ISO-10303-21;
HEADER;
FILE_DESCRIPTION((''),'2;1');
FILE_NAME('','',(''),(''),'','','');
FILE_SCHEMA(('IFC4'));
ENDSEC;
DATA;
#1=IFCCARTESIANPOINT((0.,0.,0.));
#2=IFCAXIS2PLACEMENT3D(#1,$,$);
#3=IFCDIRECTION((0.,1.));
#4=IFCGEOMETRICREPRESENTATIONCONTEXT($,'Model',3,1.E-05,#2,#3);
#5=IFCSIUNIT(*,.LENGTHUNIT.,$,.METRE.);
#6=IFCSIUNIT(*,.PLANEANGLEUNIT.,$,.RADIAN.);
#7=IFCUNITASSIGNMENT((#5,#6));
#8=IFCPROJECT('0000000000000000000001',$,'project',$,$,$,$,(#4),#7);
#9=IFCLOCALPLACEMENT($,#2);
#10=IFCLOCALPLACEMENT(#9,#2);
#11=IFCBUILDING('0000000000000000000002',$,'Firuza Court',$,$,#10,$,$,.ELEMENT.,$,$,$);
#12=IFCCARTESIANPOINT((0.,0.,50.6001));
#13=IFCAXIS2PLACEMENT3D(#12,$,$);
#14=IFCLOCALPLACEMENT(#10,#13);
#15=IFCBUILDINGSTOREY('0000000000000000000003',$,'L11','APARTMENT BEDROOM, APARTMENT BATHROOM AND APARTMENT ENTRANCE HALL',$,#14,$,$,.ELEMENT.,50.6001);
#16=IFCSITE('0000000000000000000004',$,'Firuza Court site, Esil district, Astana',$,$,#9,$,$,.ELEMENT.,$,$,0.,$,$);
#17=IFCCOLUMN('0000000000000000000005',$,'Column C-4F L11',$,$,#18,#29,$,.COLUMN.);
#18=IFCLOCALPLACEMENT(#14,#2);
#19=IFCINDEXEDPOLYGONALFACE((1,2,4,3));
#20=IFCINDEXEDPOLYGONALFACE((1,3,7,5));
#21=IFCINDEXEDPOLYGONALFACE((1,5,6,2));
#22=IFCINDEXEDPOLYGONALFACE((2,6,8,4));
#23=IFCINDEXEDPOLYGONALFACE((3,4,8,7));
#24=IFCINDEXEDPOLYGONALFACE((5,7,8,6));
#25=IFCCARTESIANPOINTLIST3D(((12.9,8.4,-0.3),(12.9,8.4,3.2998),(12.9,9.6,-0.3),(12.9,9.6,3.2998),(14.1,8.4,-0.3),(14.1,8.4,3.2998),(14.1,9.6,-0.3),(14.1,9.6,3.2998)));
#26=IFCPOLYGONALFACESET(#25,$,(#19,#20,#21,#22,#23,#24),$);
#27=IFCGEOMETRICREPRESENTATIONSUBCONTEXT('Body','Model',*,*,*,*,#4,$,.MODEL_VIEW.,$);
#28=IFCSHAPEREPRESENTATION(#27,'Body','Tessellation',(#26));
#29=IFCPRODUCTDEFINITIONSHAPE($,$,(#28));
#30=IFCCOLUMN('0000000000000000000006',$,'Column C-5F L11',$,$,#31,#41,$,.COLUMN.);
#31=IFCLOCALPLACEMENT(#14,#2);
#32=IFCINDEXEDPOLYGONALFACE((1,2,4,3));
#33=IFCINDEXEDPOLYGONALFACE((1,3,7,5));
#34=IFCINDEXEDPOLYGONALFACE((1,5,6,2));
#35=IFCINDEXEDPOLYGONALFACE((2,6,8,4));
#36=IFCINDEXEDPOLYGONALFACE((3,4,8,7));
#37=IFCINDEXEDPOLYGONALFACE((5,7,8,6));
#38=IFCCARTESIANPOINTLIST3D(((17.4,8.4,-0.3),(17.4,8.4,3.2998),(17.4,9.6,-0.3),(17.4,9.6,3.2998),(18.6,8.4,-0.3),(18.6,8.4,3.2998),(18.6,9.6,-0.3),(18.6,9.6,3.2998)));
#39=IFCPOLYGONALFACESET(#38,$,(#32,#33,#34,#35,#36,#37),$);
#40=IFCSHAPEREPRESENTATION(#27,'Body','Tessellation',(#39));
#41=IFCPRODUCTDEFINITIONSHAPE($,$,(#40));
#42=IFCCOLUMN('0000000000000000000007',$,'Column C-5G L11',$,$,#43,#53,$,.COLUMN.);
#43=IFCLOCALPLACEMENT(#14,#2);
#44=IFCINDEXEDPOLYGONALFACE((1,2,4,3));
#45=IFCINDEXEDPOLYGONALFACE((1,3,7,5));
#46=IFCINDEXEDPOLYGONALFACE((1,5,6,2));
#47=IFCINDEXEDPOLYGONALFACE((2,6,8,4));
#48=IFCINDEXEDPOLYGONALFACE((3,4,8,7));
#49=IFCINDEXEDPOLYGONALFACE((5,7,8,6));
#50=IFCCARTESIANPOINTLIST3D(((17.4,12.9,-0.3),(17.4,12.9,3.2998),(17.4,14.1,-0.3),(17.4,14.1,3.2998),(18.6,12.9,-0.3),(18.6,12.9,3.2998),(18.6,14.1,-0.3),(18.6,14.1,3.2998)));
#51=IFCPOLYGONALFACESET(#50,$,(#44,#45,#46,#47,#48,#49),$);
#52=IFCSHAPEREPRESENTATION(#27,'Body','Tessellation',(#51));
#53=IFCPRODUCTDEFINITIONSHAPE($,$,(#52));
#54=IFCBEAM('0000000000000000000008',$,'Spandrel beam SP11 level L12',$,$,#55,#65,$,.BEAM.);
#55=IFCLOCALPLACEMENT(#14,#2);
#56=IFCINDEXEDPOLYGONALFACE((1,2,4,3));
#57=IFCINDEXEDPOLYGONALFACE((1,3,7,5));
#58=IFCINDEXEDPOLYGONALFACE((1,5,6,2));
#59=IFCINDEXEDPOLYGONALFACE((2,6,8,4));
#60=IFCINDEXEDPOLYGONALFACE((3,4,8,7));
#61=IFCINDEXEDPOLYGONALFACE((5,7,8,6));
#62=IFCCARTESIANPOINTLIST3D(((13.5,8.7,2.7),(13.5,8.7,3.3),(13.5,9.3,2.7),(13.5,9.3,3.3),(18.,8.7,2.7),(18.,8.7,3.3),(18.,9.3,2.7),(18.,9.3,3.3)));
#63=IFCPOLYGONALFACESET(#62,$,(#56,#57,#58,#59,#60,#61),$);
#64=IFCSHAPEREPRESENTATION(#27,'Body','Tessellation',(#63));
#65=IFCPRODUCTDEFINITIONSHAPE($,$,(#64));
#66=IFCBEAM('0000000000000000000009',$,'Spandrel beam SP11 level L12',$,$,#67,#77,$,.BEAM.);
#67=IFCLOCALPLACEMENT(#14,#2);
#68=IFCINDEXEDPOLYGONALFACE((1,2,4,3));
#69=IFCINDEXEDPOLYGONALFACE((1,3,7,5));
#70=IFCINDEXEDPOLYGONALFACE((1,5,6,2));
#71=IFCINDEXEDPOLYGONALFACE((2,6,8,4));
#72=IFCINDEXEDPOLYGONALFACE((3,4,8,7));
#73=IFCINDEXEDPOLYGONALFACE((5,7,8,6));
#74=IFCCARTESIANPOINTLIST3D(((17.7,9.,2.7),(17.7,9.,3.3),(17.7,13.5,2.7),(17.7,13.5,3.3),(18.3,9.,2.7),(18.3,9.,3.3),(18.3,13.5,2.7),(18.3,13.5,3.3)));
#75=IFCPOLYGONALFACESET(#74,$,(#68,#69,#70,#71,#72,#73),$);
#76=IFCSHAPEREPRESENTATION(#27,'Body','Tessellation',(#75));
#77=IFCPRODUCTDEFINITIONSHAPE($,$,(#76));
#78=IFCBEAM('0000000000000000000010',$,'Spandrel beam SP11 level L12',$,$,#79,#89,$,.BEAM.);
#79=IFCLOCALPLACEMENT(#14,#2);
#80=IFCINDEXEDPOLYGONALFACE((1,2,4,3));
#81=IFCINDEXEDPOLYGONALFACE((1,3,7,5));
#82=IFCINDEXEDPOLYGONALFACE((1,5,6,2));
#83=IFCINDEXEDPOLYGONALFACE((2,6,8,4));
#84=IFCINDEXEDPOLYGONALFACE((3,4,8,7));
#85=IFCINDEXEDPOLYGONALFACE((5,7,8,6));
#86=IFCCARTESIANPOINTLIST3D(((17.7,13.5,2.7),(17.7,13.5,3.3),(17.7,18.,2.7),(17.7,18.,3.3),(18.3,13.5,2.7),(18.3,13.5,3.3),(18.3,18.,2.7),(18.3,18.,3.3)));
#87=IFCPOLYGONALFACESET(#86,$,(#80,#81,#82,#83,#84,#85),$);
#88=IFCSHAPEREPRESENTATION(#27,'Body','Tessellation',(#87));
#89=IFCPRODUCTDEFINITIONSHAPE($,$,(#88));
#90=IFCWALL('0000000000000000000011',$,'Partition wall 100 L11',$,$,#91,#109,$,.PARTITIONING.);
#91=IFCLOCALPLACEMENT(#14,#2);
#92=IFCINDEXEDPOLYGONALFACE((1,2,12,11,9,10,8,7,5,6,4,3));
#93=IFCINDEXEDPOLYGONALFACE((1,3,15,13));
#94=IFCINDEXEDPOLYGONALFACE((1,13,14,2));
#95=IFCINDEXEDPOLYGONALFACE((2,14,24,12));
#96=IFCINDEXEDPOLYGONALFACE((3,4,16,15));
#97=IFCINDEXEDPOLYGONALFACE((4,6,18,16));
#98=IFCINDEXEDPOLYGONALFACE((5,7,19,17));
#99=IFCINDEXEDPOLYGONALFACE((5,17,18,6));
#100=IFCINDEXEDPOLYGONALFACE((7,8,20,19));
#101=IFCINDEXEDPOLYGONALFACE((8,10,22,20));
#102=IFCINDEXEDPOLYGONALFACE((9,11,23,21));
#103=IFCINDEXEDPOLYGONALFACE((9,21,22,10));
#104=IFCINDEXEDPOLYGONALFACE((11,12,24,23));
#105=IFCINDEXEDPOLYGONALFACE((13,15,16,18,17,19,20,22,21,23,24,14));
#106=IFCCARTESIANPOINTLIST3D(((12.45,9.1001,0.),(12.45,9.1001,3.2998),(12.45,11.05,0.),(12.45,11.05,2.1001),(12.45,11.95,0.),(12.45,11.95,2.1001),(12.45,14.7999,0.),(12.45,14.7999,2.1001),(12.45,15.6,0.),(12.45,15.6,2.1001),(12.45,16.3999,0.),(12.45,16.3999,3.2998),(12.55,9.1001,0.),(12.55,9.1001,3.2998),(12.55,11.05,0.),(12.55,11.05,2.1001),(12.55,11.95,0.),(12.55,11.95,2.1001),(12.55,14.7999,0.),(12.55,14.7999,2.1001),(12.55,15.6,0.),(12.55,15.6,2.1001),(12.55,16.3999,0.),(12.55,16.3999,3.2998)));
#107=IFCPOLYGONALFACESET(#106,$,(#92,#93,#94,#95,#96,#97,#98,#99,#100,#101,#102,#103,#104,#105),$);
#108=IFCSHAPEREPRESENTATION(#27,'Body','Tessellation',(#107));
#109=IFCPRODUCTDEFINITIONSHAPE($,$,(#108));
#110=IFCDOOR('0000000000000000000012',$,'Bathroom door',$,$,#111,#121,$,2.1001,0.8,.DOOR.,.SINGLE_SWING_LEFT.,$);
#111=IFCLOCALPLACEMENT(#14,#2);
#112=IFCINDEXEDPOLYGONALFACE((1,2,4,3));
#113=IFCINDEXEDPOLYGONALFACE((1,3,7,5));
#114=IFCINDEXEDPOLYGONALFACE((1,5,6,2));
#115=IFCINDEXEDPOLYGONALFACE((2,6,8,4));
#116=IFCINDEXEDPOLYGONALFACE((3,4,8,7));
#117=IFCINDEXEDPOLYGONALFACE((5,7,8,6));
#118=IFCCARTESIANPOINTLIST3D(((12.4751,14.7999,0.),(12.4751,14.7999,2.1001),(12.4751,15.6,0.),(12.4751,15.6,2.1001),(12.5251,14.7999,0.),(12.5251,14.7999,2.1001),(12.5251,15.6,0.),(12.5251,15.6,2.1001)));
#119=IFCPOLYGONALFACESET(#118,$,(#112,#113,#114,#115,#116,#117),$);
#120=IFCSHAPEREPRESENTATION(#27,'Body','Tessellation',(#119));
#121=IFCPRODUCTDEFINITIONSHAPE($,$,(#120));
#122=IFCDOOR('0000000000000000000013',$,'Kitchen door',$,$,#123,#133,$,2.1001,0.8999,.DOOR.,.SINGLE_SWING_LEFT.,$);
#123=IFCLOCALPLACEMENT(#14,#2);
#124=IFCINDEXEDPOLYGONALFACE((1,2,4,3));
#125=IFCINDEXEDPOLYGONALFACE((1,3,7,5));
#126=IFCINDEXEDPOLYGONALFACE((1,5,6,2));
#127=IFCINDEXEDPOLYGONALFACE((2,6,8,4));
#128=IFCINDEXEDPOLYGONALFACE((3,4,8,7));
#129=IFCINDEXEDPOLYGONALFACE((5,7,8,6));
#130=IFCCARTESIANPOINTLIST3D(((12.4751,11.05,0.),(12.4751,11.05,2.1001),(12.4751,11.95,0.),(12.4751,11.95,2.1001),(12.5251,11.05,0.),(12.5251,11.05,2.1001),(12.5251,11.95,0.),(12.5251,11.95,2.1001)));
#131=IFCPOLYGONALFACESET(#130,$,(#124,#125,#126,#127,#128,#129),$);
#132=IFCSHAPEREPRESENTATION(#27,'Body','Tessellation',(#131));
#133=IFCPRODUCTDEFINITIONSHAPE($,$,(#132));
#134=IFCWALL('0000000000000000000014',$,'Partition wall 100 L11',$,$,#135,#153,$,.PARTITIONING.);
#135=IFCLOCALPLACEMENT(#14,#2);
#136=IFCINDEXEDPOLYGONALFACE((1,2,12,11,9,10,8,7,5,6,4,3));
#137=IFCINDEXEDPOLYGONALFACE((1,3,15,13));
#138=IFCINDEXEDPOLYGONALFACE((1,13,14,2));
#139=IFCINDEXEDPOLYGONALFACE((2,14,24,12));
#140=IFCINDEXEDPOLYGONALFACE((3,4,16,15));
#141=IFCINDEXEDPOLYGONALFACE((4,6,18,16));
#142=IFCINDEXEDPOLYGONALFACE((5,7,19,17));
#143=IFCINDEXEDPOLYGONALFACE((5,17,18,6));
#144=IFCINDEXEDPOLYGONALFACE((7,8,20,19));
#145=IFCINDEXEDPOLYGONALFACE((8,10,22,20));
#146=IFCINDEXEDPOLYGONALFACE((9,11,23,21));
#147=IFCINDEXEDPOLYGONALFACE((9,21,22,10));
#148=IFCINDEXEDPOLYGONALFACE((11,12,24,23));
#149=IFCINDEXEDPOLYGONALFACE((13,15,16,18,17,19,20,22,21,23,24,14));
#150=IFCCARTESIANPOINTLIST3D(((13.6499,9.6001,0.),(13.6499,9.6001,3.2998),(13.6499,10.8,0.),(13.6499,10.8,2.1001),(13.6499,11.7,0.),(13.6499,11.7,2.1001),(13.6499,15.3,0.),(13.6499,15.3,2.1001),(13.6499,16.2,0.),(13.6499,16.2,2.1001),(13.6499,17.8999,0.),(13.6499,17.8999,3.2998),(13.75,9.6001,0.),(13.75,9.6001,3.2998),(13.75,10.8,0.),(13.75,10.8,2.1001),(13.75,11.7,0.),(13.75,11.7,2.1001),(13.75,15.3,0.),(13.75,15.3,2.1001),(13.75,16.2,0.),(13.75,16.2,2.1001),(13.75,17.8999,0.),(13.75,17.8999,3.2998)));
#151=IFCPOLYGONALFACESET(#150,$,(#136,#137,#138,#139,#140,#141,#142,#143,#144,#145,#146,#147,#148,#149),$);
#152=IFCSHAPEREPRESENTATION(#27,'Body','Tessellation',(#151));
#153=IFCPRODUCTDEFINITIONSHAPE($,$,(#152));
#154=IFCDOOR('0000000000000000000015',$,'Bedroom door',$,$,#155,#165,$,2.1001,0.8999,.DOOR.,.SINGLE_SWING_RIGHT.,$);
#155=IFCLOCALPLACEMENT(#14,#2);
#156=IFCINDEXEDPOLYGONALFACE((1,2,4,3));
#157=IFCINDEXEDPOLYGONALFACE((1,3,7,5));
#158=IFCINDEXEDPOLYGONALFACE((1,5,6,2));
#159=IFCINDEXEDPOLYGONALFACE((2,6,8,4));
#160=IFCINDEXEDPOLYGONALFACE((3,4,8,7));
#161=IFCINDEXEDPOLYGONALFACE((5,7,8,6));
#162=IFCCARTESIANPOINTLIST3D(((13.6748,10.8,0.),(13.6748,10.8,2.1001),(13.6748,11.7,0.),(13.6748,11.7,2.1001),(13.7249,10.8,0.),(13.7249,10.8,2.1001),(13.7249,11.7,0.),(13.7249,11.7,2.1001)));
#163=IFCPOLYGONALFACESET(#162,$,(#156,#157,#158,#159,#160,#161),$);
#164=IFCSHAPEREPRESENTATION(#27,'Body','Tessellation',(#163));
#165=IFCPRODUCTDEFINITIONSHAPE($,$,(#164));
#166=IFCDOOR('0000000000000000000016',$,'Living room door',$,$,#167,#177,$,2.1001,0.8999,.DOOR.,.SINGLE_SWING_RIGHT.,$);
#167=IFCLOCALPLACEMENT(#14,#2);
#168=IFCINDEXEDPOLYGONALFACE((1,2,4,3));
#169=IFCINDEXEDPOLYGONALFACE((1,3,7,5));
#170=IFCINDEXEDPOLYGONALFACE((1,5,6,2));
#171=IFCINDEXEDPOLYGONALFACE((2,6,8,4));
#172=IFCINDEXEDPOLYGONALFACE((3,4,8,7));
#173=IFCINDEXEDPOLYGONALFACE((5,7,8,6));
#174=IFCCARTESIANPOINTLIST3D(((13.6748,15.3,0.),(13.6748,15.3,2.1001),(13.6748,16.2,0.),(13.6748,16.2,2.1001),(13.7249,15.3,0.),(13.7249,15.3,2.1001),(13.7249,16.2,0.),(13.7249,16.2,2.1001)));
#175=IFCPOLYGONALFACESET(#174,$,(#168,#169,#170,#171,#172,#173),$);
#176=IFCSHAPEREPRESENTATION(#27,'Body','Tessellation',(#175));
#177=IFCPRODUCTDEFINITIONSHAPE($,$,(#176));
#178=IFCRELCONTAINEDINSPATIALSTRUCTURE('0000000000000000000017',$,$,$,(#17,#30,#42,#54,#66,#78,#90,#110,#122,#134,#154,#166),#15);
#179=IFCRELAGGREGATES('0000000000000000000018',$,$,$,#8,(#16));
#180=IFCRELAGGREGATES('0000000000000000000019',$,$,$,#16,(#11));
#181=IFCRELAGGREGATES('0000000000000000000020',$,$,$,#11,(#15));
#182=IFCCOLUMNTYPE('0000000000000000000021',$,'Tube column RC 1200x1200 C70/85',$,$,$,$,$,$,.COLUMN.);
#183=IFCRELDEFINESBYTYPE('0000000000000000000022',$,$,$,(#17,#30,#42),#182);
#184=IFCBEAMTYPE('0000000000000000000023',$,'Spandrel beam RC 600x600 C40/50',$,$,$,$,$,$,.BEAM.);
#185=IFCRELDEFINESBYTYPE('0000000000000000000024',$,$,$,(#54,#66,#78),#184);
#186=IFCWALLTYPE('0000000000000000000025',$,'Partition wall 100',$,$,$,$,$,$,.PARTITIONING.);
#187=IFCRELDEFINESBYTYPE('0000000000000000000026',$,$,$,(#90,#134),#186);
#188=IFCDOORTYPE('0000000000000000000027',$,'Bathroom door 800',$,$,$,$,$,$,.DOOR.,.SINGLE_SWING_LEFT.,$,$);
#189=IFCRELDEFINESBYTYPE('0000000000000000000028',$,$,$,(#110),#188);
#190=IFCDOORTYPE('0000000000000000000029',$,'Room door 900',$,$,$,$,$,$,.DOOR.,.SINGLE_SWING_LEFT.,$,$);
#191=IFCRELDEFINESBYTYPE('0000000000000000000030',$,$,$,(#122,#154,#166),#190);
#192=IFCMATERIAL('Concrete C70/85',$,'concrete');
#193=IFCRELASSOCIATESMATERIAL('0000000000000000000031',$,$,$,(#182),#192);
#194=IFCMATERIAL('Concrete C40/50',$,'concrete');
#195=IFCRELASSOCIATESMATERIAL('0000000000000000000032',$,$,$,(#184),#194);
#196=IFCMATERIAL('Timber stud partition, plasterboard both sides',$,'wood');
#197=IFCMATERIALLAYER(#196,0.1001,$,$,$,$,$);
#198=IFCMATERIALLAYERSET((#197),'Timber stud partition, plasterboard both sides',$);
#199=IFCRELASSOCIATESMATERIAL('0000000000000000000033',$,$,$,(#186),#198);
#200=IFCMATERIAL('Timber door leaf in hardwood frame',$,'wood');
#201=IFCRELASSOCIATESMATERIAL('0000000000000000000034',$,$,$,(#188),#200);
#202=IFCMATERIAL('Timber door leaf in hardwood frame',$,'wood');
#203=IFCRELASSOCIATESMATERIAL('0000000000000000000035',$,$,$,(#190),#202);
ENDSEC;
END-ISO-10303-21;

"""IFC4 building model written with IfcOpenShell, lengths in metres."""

from ifc_helpers import new_model, si_unit, direction, frame, frame_2d, origin, origin_2d, place, context, subcontext, project, spatial, rectangle, extrude, material, layer, layer_set, material_profile, profile_set, type_object, element, fill, save


model = new_model("IFC4")

# Units and contexts
model_context = context("Model", 3, precision=1e-05, world=origin(), true_north=direction((0.0, 1.0)))
body_context = subcontext(model_context, "Body", "Model", "MODEL_VIEW")
ifc_project = project(units=[si_unit("LENGTHUNIT", "METRE"), si_unit("PLANEANGLEUNIT", "RADIAN")], contexts=[model_context])

# Site, building, storey
site_placement = place(None, origin())
site = spatial("IfcSite", under=ifc_project, at=site_placement, Name="Firuza Court site, Esil district, Astana", CompositionType="ELEMENT", RefElevation=0.0)
building_placement = place(site_placement, origin())
building = spatial("IfcBuilding", under=site, at=building_placement, Name="Firuza Court", CompositionType="ELEMENT")
storey_placement = place(building_placement, frame((0.0, 0.0, 50.6001)))
storey = spatial("IfcBuildingStorey", under=building, at=storey_placement, Name="L11", Description="APARTMENT BEDROOM, APARTMENT BATHROOM AND APARTMENT ENTRANCE HALL", CompositionType="ELEMENT", Elevation=50.6001)

# Columns
ifc_material_1 = material(Name="Concrete C70/85", Category="concrete")
ifc_material_profile_1 = material_profile(ifc_material_1, rectangle(XDim=1.2, YDim=1.2, at=origin_2d()), Name="RC 1200x1200")
ifc_profile_set_1 = profile_set([ifc_material_profile_1], Name="Concrete C70/85")
column_type = type_object("IfcColumnType", Name="Tube column RC 1200x1200 C70/85", PredefinedType="COLUMN", material=ifc_profile_set_1)
for number, where, z_axis, x_axis, name in (
    (1, (13.5, 9.0, -0.3), (0.0, 0.0, 1.0), (1.0, 0.0, 0.0), "Column C-4F L11"),
    (2, (18.0, 9.0, -0.3), (0.0, 0.0, 1.0), (1.0, 0.0, 0.0), "Column C-5F L11"),
    (3, (18.0, 13.5, -0.3), (0.0, 0.0, 1.0), (1.0, 0.0, 0.0), "Column C-5G L11"),
):
    element("IfcColumn", number, at=place(storey_placement, frame(where, z_axis=z_axis, x_axis=x_axis)), inside=storey, type_object=column_type, Name=name, PredefinedType="COLUMN", context=body_context, shape_type="SweptSolid", body=[
        extrude(rectangle(XDim=1.2, YDim=1.2, at=origin_2d()), origin(), (0.0, 0.0, 1.0), 3.5999),
    ])

# Beams
ifc_material_2 = material(Name="Concrete C40/50", Category="concrete")
ifc_material_profile_2 = material_profile(ifc_material_2, rectangle(XDim=0.6001, YDim=0.6001, at=origin_2d()), Name="RC 600x600")
ifc_profile_set_2 = profile_set([ifc_material_profile_2], Name="Concrete C40/50")
beam_type = type_object("IfcBeamType", Name="Spandrel beam RC 600x600 C40/50", PredefinedType="BEAM", material=ifc_profile_set_2)
for number, where, z_axis, x_axis, name in (
    (4, (13.5, 9.0, 3.0), (1.0, 0.0, 0.0), (0.0, 1.0, 0.0), "Spandrel beam SP11 level L12"),
    (5, (18.0, 9.0, 3.0), (0.0, 1.0, 0.0), (-1.0, 0.0, 0.0), "Spandrel beam SP11 level L12"),
    (6, (18.0, 13.5, 3.0), (0.0, 1.0, 0.0), (-1.0, 0.0, 0.0), "Spandrel beam SP11 level L12"),
):
    element("IfcBeam", number, at=place(storey_placement, frame(where, z_axis=z_axis, x_axis=x_axis)), inside=storey, type_object=beam_type, Name=name, PredefinedType="BEAM", context=body_context, shape_type="SweptSolid", body=[
        extrude(rectangle(XDim=0.6001, YDim=0.6001, at=origin_2d()), origin(), (0.0, 0.0, 1.0), 4.5),
    ])

# Walls, openings, doors
ifc_material_3 = material(Name="Timber stud partition, plasterboard both sides", Category="wood")
ifc_layer_1 = layer(ifc_material_3, 0.1001)
ifc_layer_set_1 = layer_set([ifc_layer_1], Name="Timber stud partition, plasterboard both sides")
wall_type_1 = type_object("IfcWallType", Name="Partition wall 100", PredefinedType="PARTITIONING", material=ifc_layer_set_1)
wall_1_placement = place(storey_placement, frame((12.5, 9.1001, 0.0), z_axis=(0.0, 0.0, 1.0), x_axis=(0.0, 1.0, 0.0)))
wall_1 = element("IfcWall", 7, at=wall_1_placement, inside=storey, type_object=wall_type_1, Name="Partition wall 100 L11", PredefinedType="PARTITIONING", context=body_context, shape_type="SweptSolid", body=[
    extrude(rectangle(XDim=7.2998, YDim=0.1001, at=frame_2d((3.6499, 0.0))), origin(), (0.0, 0.0, 1.0), 3.2998),
])
opening_1_placement = place(wall_1_placement, frame((5.7, 0.0, 0.0)))
opening_1 = element("IfcOpeningElement", 8, at=opening_1_placement, cuts=wall_1, PredefinedType="OPENING", context=body_context, shape_type="SweptSolid", body=[
    extrude(rectangle(XDim=0.8, YDim=2.1001, at=frame_2d((0.3999, 1.05))), frame((0.0, 0.062, 0.0), z_axis=(0.0, -1.0, 0.0), x_axis=(1.0, 0.0, 0.0)), (0.0, 0.0, 1.0), 0.124),
])
opening_2_placement = place(wall_1_placement, frame((1.95, 0.0, 0.0)))
opening_2 = element("IfcOpeningElement", 9, at=opening_2_placement, cuts=wall_1, PredefinedType="OPENING", context=body_context, shape_type="SweptSolid", body=[
    extrude(rectangle(XDim=0.8999, YDim=2.1001, at=frame_2d((0.45, 1.05))), frame((0.0, 0.062, 0.0), z_axis=(0.0, -1.0, 0.0), x_axis=(1.0, 0.0, 0.0)), (0.0, 0.0, 1.0), 0.124),
])
ifc_material_4 = material(Name="Timber door leaf in hardwood frame", Category="wood")
door_type_1 = type_object("IfcDoorType", Name="Bathroom door 800", OperationType="SINGLE_SWING_LEFT", PredefinedType="DOOR", material=ifc_material_4)
door_1_placement = place(opening_1_placement, origin())
door_1 = element("IfcDoor", 10, at=door_1_placement, inside=storey, type_object=door_type_1, Name="Bathroom door", OperationType="SINGLE_SWING_LEFT", OverallHeight=2.1001, OverallWidth=0.8, PredefinedType="DOOR", context=body_context, shape_type="SweptSolid", body=[
    extrude(rectangle(XDim=0.8, YDim=2.1001, at=frame_2d((0.3999, 1.05))), frame((0.0, 0.0249, 0.0), z_axis=(0.0, -1.0, 0.0), x_axis=(1.0, 0.0, 0.0)), (0.0, 0.0, 1.0), 0.05),
])
fill(opening_1, door_1)
ifc_material_5 = material(Name="Timber door leaf in hardwood frame", Category="wood")
door_type_2 = type_object("IfcDoorType", Name="Room door 900", OperationType="SINGLE_SWING_LEFT", PredefinedType="DOOR", material=ifc_material_5)
door_2_placement = place(opening_2_placement, origin())
door_2 = element("IfcDoor", 11, at=door_2_placement, inside=storey, type_object=door_type_2, Name="Kitchen door", OperationType="SINGLE_SWING_LEFT", OverallHeight=2.1001, OverallWidth=0.8999, PredefinedType="DOOR", context=body_context, shape_type="SweptSolid", body=[
    extrude(rectangle(XDim=0.8999, YDim=2.1001, at=frame_2d((0.45, 1.05))), frame((0.0, 0.0249, 0.0), z_axis=(0.0, -1.0, 0.0), x_axis=(1.0, 0.0, 0.0)), (0.0, 0.0, 1.0), 0.05),
])
fill(opening_2, door_2)
wall_2_placement = place(storey_placement, frame((13.7, 9.6001, 0.0), z_axis=(0.0, 0.0, 1.0), x_axis=(0.0, 1.0, 0.0)))
wall_2 = element("IfcWall", 12, at=wall_2_placement, inside=storey, type_object=wall_type_1, Name="Partition wall 100 L11", PredefinedType="PARTITIONING", context=body_context, shape_type="SweptSolid", body=[
    extrude(rectangle(XDim=8.2998, YDim=0.1001, at=frame_2d((4.1499, 0.0))), origin(), (0.0, 0.0, 1.0), 3.2998),
])
opening_3_placement = place(wall_2_placement, frame((1.2, 0.0, 0.0)))
opening_3 = element("IfcOpeningElement", 13, at=opening_3_placement, cuts=wall_2, PredefinedType="OPENING", context=body_context, shape_type="SweptSolid", body=[
    extrude(rectangle(XDim=0.8999, YDim=2.1001, at=frame_2d((0.45, 1.05))), frame((0.0, 0.062, 0.0), z_axis=(0.0, -1.0, 0.0), x_axis=(1.0, 0.0, 0.0)), (0.0, 0.0, 1.0), 0.124),
])
opening_4_placement = place(wall_2_placement, frame((5.7, 0.0, 0.0)))
opening_4 = element("IfcOpeningElement", 14, at=opening_4_placement, cuts=wall_2, PredefinedType="OPENING", context=body_context, shape_type="SweptSolid", body=[
    extrude(rectangle(XDim=0.8999, YDim=2.1001, at=frame_2d((0.45, 1.05))), frame((0.0, 0.062, 0.0), z_axis=(0.0, -1.0, 0.0), x_axis=(1.0, 0.0, 0.0)), (0.0, 0.0, 1.0), 0.124),
])
door_3_placement = place(opening_3_placement, frame((0.8999, 0.0, 0.0), z_axis=(0.0, 0.0, 1.0), x_axis=(-1.0, 0.0, 0.0)))
door_3 = element("IfcDoor", 15, at=door_3_placement, inside=storey, type_object=door_type_2, Name="Bedroom door", OperationType="SINGLE_SWING_RIGHT", OverallHeight=2.1001, OverallWidth=0.8999, PredefinedType="DOOR", context=body_context, shape_type="SweptSolid", body=[
    extrude(rectangle(XDim=0.8999, YDim=2.1001, at=frame_2d((0.45, 1.05))), frame((0.0, 0.0249, 0.0), z_axis=(0.0, -1.0, 0.0), x_axis=(1.0, 0.0, 0.0)), (0.0, 0.0, 1.0), 0.05),
])
fill(opening_3, door_3)
door_4_placement = place(opening_4_placement, frame((0.8999, 0.0, 0.0), z_axis=(0.0, 0.0, 1.0), x_axis=(-1.0, 0.0, 0.0)))
door_4 = element("IfcDoor", 16, at=door_4_placement, inside=storey, type_object=door_type_2, Name="Living room door", OperationType="SINGLE_SWING_RIGHT", OverallHeight=2.1001, OverallWidth=0.8999, PredefinedType="DOOR", context=body_context, shape_type="SweptSolid", body=[
    extrude(rectangle(XDim=0.8999, YDim=2.1001, at=frame_2d((0.45, 1.05))), frame((0.0, 0.0249, 0.0), z_axis=(0.0, -1.0, 0.0), x_axis=(1.0, 0.0, 0.0)), (0.0, 0.0, 1.0), 0.05),
])
fill(opening_4, door_4)

save(model, "model.ifc")
